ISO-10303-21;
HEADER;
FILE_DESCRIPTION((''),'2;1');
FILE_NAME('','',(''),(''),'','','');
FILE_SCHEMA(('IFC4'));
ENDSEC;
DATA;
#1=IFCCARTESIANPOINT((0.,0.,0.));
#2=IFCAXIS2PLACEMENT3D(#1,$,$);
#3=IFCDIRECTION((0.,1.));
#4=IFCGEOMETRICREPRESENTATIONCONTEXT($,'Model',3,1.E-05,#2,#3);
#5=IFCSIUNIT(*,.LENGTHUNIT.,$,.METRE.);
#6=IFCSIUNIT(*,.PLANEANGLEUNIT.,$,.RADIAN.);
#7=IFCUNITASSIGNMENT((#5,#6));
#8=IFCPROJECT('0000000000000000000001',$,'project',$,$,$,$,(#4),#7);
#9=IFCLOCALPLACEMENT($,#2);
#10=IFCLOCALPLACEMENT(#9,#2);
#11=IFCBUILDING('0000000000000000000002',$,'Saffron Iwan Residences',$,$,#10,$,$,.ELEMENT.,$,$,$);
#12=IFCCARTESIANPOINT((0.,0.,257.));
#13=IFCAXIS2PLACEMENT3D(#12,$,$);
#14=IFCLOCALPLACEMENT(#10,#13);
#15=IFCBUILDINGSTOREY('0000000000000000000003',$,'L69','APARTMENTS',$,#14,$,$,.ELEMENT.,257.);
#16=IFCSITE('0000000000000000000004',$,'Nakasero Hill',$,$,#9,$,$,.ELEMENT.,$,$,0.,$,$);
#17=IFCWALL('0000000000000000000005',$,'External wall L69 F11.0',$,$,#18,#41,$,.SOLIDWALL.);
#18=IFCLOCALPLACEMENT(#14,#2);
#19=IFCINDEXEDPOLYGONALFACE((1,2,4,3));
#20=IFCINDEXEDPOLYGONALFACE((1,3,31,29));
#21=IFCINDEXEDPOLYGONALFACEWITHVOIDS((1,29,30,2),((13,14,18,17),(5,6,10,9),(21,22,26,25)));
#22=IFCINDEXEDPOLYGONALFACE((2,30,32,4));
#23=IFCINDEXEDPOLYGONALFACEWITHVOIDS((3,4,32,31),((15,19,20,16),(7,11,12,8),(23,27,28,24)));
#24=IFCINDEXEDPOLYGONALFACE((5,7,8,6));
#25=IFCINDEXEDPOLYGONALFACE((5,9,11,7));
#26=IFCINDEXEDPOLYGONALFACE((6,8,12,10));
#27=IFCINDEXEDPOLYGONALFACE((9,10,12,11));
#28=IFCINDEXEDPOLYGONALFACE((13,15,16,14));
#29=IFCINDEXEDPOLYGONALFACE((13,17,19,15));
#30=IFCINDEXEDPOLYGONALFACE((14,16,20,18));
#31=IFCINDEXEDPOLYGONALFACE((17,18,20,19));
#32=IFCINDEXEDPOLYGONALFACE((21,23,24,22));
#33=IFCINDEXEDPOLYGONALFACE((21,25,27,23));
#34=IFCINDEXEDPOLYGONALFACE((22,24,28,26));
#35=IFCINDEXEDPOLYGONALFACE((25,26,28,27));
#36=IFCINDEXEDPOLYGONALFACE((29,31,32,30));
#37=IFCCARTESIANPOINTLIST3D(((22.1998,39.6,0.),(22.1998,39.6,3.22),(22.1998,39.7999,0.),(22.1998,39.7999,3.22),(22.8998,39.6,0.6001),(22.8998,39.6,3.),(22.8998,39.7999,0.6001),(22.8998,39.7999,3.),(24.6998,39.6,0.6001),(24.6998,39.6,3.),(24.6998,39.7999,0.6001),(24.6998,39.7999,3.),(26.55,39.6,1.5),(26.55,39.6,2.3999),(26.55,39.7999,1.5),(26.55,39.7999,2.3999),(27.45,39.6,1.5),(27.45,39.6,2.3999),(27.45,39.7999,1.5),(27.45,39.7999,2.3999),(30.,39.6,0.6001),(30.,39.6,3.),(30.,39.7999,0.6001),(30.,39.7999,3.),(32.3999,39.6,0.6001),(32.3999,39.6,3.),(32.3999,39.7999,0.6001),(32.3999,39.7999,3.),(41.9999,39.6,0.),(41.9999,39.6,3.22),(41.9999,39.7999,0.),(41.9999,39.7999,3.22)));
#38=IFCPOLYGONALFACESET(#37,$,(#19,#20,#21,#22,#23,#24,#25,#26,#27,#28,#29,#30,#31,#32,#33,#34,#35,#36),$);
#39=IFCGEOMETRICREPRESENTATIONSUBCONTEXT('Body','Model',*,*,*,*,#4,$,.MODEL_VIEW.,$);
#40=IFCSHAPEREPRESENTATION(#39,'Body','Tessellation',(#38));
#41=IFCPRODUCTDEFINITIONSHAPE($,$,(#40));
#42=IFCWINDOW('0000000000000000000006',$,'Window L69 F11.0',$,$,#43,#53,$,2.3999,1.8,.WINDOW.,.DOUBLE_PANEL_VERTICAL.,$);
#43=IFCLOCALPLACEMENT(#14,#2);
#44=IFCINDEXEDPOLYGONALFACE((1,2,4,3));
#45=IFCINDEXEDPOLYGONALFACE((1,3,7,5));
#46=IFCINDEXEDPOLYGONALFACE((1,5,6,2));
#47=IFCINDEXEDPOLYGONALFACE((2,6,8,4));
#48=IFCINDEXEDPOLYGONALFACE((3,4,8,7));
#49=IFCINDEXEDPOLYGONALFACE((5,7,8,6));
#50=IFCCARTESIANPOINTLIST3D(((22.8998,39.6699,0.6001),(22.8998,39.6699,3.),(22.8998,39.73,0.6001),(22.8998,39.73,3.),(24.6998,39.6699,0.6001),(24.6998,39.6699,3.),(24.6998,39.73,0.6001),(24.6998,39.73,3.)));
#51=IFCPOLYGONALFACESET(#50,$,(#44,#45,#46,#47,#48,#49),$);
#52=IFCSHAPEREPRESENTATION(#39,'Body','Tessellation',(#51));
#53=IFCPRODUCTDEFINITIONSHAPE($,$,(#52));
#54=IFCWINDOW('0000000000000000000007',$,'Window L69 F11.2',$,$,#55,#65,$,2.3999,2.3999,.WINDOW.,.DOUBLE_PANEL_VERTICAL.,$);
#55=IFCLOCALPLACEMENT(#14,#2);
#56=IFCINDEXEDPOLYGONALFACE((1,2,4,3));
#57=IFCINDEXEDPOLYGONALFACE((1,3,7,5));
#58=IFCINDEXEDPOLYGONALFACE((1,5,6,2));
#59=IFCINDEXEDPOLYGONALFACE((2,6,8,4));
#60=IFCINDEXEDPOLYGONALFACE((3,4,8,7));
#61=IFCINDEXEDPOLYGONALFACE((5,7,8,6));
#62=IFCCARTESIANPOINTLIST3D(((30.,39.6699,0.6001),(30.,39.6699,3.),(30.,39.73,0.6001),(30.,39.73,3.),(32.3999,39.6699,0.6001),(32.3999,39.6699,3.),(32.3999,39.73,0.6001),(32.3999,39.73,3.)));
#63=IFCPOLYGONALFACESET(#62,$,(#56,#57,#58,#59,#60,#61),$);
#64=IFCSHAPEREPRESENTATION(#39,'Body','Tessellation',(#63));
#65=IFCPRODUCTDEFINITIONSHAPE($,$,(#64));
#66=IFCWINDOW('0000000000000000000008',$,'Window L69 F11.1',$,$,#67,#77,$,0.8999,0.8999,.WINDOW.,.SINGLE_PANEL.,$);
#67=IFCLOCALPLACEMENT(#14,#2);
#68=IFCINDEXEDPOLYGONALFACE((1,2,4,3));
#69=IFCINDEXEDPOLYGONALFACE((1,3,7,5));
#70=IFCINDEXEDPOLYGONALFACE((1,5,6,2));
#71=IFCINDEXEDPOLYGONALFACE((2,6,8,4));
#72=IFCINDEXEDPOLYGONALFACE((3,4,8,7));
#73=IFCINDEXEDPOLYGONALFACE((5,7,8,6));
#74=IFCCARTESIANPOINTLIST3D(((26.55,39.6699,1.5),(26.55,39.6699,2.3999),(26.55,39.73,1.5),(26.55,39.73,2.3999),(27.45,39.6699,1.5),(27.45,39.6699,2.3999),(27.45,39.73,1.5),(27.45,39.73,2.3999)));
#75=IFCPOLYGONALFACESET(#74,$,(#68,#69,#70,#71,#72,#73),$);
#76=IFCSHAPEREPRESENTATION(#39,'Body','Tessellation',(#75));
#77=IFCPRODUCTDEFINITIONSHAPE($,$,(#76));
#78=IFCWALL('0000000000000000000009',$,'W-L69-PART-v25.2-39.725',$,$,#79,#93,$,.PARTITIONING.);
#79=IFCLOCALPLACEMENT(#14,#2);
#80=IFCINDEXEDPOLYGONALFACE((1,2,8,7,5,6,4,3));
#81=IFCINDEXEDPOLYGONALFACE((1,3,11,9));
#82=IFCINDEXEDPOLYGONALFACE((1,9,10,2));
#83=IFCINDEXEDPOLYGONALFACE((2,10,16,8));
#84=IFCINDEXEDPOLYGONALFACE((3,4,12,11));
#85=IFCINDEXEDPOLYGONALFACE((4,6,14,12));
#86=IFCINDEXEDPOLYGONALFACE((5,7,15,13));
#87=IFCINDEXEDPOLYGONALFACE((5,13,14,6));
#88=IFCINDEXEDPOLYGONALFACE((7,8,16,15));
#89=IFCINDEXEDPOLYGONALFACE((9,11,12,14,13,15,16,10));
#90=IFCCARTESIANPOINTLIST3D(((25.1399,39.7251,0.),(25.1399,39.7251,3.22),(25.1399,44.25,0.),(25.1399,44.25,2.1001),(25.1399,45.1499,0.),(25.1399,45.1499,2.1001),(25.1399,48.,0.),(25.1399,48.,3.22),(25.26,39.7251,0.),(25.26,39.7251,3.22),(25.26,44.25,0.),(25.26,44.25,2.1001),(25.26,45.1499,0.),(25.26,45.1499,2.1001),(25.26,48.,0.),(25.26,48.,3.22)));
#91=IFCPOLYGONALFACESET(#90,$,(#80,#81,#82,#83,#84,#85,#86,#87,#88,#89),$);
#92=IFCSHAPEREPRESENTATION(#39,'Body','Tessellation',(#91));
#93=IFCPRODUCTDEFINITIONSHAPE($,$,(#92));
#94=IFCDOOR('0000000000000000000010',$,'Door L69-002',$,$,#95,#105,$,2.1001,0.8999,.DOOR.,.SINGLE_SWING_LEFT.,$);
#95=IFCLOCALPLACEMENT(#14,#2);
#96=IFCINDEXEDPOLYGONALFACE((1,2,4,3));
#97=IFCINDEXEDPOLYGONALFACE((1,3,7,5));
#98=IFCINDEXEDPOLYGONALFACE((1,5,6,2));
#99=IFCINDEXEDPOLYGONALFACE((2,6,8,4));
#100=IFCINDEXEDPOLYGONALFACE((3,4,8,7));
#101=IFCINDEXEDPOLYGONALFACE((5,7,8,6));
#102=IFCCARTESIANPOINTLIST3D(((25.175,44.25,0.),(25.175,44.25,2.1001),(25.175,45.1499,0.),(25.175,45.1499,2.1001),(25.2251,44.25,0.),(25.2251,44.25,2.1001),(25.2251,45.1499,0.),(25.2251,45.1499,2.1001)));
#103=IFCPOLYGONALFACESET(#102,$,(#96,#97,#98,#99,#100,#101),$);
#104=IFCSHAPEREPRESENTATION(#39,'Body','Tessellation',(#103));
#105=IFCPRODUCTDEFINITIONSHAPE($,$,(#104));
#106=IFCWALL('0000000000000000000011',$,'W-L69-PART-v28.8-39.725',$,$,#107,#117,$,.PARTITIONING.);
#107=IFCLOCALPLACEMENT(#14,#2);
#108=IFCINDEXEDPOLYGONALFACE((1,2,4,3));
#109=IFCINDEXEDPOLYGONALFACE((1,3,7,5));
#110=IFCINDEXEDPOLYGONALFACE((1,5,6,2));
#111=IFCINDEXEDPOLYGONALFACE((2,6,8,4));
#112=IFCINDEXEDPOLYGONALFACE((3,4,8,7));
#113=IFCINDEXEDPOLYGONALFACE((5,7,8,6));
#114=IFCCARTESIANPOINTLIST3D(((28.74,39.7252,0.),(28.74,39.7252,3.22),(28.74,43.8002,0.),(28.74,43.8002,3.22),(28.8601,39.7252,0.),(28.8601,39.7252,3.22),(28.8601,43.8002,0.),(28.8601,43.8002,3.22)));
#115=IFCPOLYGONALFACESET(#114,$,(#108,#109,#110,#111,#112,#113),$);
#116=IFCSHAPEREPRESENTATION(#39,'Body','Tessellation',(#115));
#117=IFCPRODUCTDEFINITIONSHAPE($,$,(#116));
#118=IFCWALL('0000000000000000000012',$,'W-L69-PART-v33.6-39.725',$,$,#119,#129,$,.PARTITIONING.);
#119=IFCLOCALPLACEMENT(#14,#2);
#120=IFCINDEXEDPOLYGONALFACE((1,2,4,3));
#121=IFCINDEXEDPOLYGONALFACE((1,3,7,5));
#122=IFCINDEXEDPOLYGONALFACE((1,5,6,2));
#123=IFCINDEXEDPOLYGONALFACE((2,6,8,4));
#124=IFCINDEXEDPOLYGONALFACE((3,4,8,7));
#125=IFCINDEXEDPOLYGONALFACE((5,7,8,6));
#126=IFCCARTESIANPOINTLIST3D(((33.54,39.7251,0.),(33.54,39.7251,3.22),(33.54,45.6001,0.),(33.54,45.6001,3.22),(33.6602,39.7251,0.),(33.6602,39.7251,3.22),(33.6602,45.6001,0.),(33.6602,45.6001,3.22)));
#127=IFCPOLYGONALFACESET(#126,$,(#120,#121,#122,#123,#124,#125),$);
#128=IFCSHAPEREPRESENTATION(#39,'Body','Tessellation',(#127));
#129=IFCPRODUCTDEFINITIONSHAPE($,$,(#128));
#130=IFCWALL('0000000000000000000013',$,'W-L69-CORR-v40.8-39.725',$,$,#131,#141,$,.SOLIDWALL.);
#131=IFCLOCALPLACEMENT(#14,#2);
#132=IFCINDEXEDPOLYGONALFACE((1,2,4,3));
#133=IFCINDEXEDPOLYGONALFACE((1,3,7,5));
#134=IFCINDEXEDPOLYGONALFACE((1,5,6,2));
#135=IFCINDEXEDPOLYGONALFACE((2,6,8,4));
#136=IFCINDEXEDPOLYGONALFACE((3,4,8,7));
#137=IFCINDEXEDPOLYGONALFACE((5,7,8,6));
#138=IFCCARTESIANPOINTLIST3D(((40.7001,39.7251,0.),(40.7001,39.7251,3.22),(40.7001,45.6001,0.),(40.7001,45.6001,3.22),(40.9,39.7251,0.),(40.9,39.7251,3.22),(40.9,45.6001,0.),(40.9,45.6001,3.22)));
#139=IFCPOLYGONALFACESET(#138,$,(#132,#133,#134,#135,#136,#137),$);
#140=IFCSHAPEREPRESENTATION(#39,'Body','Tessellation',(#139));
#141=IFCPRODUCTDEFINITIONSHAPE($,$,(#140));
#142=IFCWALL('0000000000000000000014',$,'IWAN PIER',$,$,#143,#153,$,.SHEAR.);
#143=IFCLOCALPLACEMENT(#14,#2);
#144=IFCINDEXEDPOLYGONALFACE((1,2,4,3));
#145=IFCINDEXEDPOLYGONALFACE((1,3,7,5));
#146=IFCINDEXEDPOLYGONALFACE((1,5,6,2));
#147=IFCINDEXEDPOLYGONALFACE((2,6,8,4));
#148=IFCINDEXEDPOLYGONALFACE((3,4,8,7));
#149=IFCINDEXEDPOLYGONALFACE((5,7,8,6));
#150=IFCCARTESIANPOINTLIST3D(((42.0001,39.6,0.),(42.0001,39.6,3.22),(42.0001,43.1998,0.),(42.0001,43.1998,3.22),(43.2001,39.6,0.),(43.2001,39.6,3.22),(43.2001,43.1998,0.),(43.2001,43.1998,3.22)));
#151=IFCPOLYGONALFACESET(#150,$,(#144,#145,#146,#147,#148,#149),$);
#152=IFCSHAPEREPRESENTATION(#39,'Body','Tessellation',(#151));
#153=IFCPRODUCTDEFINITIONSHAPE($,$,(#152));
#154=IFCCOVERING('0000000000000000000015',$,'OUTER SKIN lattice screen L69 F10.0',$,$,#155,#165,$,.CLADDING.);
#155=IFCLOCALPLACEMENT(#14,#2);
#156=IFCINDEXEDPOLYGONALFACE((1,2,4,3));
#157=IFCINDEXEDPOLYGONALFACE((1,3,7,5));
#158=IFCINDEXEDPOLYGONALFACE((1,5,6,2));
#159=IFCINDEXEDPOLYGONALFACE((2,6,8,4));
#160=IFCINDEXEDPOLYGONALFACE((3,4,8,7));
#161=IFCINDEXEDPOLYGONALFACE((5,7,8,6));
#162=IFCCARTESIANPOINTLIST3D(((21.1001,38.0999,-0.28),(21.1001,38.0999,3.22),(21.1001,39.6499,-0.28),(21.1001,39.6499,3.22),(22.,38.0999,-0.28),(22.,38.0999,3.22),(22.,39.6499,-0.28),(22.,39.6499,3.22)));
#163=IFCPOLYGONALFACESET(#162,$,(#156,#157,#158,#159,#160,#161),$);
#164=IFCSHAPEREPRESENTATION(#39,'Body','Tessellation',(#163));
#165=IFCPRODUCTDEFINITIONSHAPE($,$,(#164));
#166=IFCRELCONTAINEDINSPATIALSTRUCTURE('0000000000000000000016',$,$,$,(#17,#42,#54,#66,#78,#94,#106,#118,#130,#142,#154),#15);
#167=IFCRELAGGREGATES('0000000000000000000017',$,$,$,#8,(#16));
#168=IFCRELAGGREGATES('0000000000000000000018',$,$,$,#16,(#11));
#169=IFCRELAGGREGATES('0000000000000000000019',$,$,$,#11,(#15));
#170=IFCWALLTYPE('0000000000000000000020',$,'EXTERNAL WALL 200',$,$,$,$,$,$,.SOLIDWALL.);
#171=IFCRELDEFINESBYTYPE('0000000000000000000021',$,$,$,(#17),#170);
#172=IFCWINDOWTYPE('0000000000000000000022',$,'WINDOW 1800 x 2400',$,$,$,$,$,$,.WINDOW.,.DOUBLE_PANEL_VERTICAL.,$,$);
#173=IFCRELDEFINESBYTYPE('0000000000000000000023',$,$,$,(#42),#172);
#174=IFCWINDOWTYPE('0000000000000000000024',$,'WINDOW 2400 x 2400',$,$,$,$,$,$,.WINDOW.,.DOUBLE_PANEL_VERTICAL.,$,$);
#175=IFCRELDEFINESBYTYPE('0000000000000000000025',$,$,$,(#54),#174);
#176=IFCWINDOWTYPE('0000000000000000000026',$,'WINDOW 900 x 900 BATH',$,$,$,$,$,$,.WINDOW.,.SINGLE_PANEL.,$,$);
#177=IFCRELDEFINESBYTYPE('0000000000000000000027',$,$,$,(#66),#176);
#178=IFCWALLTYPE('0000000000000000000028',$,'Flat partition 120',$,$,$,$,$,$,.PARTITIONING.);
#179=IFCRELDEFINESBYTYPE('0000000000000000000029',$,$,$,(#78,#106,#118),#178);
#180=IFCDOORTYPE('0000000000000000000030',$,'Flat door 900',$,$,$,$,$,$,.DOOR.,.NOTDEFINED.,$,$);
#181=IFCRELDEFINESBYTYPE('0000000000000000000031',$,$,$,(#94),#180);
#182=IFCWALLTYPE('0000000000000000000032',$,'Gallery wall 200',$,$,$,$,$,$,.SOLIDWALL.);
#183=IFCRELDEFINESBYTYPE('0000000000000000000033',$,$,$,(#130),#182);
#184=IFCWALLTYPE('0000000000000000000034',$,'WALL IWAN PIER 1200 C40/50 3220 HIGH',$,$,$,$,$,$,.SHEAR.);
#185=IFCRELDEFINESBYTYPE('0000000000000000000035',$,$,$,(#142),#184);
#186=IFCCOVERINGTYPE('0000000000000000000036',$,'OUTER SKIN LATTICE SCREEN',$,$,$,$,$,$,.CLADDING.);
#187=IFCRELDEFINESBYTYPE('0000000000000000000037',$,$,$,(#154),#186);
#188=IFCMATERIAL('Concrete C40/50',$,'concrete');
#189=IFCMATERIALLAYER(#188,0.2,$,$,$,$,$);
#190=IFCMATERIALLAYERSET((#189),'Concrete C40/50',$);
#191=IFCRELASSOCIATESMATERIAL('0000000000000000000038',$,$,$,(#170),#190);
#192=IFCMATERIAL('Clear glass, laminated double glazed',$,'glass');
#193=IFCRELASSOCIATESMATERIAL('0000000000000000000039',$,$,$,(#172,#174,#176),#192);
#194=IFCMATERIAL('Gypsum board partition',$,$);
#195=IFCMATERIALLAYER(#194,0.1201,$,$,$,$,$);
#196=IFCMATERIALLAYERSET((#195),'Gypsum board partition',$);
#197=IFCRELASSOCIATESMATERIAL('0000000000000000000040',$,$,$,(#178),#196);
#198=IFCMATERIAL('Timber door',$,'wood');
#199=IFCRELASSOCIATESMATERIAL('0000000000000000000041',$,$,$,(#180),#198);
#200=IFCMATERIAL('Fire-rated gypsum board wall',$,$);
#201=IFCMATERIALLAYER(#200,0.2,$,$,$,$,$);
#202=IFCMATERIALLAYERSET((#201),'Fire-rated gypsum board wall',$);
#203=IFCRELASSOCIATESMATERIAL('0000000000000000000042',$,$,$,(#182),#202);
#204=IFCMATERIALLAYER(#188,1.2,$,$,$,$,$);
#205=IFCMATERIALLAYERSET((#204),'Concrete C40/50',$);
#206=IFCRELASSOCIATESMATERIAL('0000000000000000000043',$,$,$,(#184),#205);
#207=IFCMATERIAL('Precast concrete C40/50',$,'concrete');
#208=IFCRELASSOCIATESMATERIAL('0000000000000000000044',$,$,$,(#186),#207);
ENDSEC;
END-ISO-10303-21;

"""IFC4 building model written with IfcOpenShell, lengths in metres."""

from ifc_helpers import new_model, si_unit, direction, frame, frame_2d, origin, place, context, subcontext, project, spatial, polyline, rectangle, outline, extrude, material, layer, layer_set, type_object, element, fill, save


model = new_model("IFC4")

# Units and contexts
model_context = context("Model", 3, precision=1e-05, world=origin(), true_north=direction((0.0, 1.0)))
body_context = subcontext(model_context, "Body", "Model", "MODEL_VIEW")
ifc_project = project(units=[si_unit("LENGTHUNIT", "METRE"), si_unit("PLANEANGLEUNIT", "RADIAN")], contexts=[model_context])

# Site, building, storey
site_placement = place(None, origin())
site = spatial("IfcSite", under=ifc_project, at=site_placement, Name="Nakasero Hill", CompositionType="ELEMENT", RefElevation=0.0)
building_placement = place(site_placement, origin())
building = spatial("IfcBuilding", under=site, at=building_placement, Name="Saffron Iwan Residences", CompositionType="ELEMENT")
storey_placement = place(building_placement, frame((0.0, 0.0, 257.0)))
storey = spatial("IfcBuildingStorey", under=building, at=storey_placement, Name="L69", Description="APARTMENTS", CompositionType="ELEMENT", Elevation=257.0)

# Shared definitions
ifc_material_1 = material(Name="Concrete C40/50", Category="concrete")

# Shared definitions
ifc_material_2 = material(Name="Clear glass, laminated double glazed", Category="glass")

# Wall, openings, windows
ifc_layer_1 = layer(ifc_material_1, 0.2)
ifc_layer_set_1 = layer_set([ifc_layer_1], Name="Concrete C40/50")
wall_type_1 = type_object("IfcWallType", Name="EXTERNAL WALL 200", PredefinedType="SOLIDWALL", material=ifc_layer_set_1)
wall_1_placement = place(storey_placement, frame((22.2, 39.7, 0.0), z_axis=(0.0, 0.0, 1.0), x_axis=(1.0, 0.0, 0.0)))
wall_1 = element("IfcWall", 1, at=wall_1_placement, inside=storey, type_object=wall_type_1, Name="External wall L69 F11.0", PredefinedType="SOLIDWALL", context=body_context, shape_type="SweptSolid", body=[
    extrude(rectangle(XDim=19.8, YDim=0.2, at=frame_2d((9.8999, 0.0))), origin(), (0.0, 0.0, 1.0), 3.22),
])
opening_1_placement = place(wall_1_placement, frame((0.7, 0.0, 0.6001)))
opening_1 = element("IfcOpeningElement", 2, at=opening_1_placement, cuts=wall_1, PredefinedType="OPENING", context=body_context, shape_type="SweptSolid", body=[
    extrude(rectangle(XDim=1.8, YDim=2.3999, at=frame_2d((0.8999, 1.2))), frame((0.0, 0.1099, 0.0), z_axis=(0.0, -1.0, 0.0), x_axis=(1.0, 0.0, 0.0)), (0.0, 0.0, 1.0), 0.22),
])
opening_2_placement = place(wall_1_placement, frame((4.3501, 0.0, 1.5)))
opening_2 = element("IfcOpeningElement", 3, at=opening_2_placement, cuts=wall_1, PredefinedType="OPENING", context=body_context, shape_type="SweptSolid", body=[
    extrude(rectangle(XDim=0.8999, YDim=0.8999, at=frame_2d((0.45, 0.45))), frame((0.0, 0.1099, 0.0), z_axis=(0.0, -1.0, 0.0), x_axis=(1.0, 0.0, 0.0)), (0.0, 0.0, 1.0), 0.22),
])
opening_3_placement = place(wall_1_placement, frame((7.8, 0.0, 0.6001)))
opening_3 = element("IfcOpeningElement", 4, at=opening_3_placement, cuts=wall_1, PredefinedType="OPENING", context=body_context, shape_type="SweptSolid", body=[
    extrude(rectangle(XDim=2.3999, YDim=2.3999, at=frame_2d((1.2, 1.2))), frame((0.0, 0.1099, 0.0), z_axis=(0.0, -1.0, 0.0), x_axis=(1.0, 0.0, 0.0)), (0.0, 0.0, 1.0), 0.22),
])
window_type_1 = type_object("IfcWindowType", Name="WINDOW 1800 x 2400", PartitioningType="DOUBLE_PANEL_VERTICAL", PredefinedType="WINDOW", material=ifc_material_2)
window_1_placement = place(opening_1_placement, origin())
window_1 = element("IfcWindow", 5, at=window_1_placement, inside=storey, type_object=window_type_1, Name="Window L69 F11.0", OverallHeight=2.3999, OverallWidth=1.8, PartitioningType="DOUBLE_PANEL_VERTICAL", PredefinedType="WINDOW", context=body_context, shape_type="SweptSolid", body=[
    extrude(rectangle(XDim=1.8, YDim=2.3999, at=frame_2d((0.8999, 1.2))), frame((0.0, 0.03, 0.0), z_axis=(0.0, -1.0, 0.0), x_axis=(1.0, 0.0, 0.0)), (0.0, 0.0, 1.0), 0.0601),
])
fill(opening_1, window_1)
window_type_2 = type_object("IfcWindowType", Name="WINDOW 2400 x 2400", PartitioningType="DOUBLE_PANEL_VERTICAL", PredefinedType="WINDOW", material=ifc_material_2)
window_2_placement = place(opening_3_placement, origin())
window_2 = element("IfcWindow", 6, at=window_2_placement, inside=storey, type_object=window_type_2, Name="Window L69 F11.2", OverallHeight=2.3999, OverallWidth=2.3999, PartitioningType="DOUBLE_PANEL_VERTICAL", PredefinedType="WINDOW", context=body_context, shape_type="SweptSolid", body=[
    extrude(rectangle(XDim=2.3999, YDim=2.3999, at=frame_2d((1.2, 1.2))), frame((0.0, 0.03, 0.0), z_axis=(0.0, -1.0, 0.0), x_axis=(1.0, 0.0, 0.0)), (0.0, 0.0, 1.0), 0.0601),
])
fill(opening_3, window_2)
window_type_3 = type_object("IfcWindowType", Name="WINDOW 900 x 900 BATH", PartitioningType="SINGLE_PANEL", PredefinedType="WINDOW", material=ifc_material_2)
window_3_placement = place(opening_2_placement, origin())
window_3 = element("IfcWindow", 7, at=window_3_placement, inside=storey, type_object=window_type_3, Name="Window L69 F11.1", OverallHeight=0.8999, OverallWidth=0.8999, PartitioningType="SINGLE_PANEL", PredefinedType="WINDOW", context=body_context, shape_type="SweptSolid", body=[
    extrude(rectangle(XDim=0.8999, YDim=0.8999, at=frame_2d((0.45, 0.45))), frame((0.0, 0.03, 0.0), z_axis=(0.0, -1.0, 0.0), x_axis=(1.0, 0.0, 0.0)), (0.0, 0.0, 1.0), 0.0601),
])
fill(opening_2, window_3)

# Wall, opening, door
ifc_material_3 = material(Name="Gypsum board partition")
ifc_layer_2 = layer(ifc_material_3, 0.1201)
ifc_layer_set_2 = layer_set([ifc_layer_2], Name="Gypsum board partition")
wall_type_2 = type_object("IfcWallType", Name="Flat partition 120", PredefinedType="PARTITIONING", material=ifc_layer_set_2)
wall_2_placement = place(storey_placement, frame((25.2, 39.7251, 0.0), z_axis=(0.0, 0.0, 1.0), x_axis=(0.0, 1.0, 0.0)))
wall_2 = element("IfcWall", 8, at=wall_2_placement, inside=storey, type_object=wall_type_2, Name="W-L69-PART-v25.2-39.725", PredefinedType="PARTITIONING", context=body_context, shape_type="SweptSolid", body=[
    extrude(rectangle(XDim=8.2749, YDim=0.1201, at=frame_2d((4.1375, 0.0))), origin(), (0.0, 0.0, 1.0), 3.22),
])
opening_4_placement = place(wall_2_placement, frame((4.5249, 0.0, 0.0)))
opening_4 = element("IfcOpeningElement", 9, at=opening_4_placement, cuts=wall_2, PredefinedType="OPENING", context=body_context, shape_type="SweptSolid", body=[
    extrude(rectangle(XDim=0.8999, YDim=2.1001, at=frame_2d((0.45, 1.05))), frame((0.0, 0.0701, 0.0), z_axis=(0.0, -1.0, 0.0), x_axis=(1.0, 0.0, 0.0)), (0.0, 0.0, 1.0), 0.1401),
])
ifc_material_4 = material(Name="Timber door", Category="wood")
door_type = type_object("IfcDoorType", Name="Flat door 900", OperationType="NOTDEFINED", PredefinedType="DOOR", material=ifc_material_4)
door_placement = place(opening_4_placement, origin())
door = element("IfcDoor", 10, at=door_placement, inside=storey, type_object=door_type, Name="Door L69-002", OperationType="SINGLE_SWING_LEFT", OverallHeight=2.1001, OverallWidth=0.8999, PredefinedType="DOOR", context=body_context, shape_type="SweptSolid", body=[
    extrude(rectangle(XDim=0.8999, YDim=2.1001, at=frame_2d((0.45, 1.05))), frame((0.0, 0.0249, 0.0), z_axis=(0.0, -1.0, 0.0), x_axis=(1.0, 0.0, 0.0)), (0.0, 0.0, 1.0), 0.05),
])
fill(opening_4, door)

# Walls
wall_3_placement = place(storey_placement, frame((28.8, 39.7251, 0.0), z_axis=(0.0, 0.0, 1.0), x_axis=(0.0, 1.0, 0.0)))
element("IfcWall", 11, at=wall_3_placement, inside=storey, type_object=wall_type_2, Name="W-L69-PART-v28.8-39.725", PredefinedType="PARTITIONING", context=body_context, shape_type="SweptSolid", body=[
    extrude(rectangle(XDim=4.075, YDim=0.1201, at=frame_2d((2.0376, 0.0))), origin(), (0.0, 0.0, 1.0), 3.22),
])
wall_4_placement = place(storey_placement, frame((33.6001, 39.7251, 0.0), z_axis=(0.0, 0.0, 1.0), x_axis=(0.0, 1.0, 0.0)))
element("IfcWall", 12, at=wall_4_placement, inside=storey, type_object=wall_type_2, Name="W-L69-PART-v33.6-39.725", PredefinedType="PARTITIONING", context=body_context, shape_type="SweptSolid", body=[
    extrude(rectangle(XDim=5.875, YDim=0.1201, at=frame_2d((2.9375, 0.0))), origin(), (0.0, 0.0, 1.0), 3.22),
])
ifc_material_5 = material(Name="Fire-rated gypsum board wall")
ifc_layer_3 = layer(ifc_material_5, 0.2)
ifc_layer_set_3 = layer_set([ifc_layer_3], Name="Fire-rated gypsum board wall")
wall_type_3 = type_object("IfcWallType", Name="Gallery wall 200", PredefinedType="SOLIDWALL", material=ifc_layer_set_3)
wall_5_placement = place(storey_placement, frame((40.8, 39.7251, 0.0), z_axis=(0.0, 0.0, 1.0), x_axis=(0.0, 1.0, 0.0)))
element("IfcWall", 13, at=wall_5_placement, inside=storey, type_object=wall_type_3, Name="W-L69-CORR-v40.8-39.725", PredefinedType="SOLIDWALL", context=body_context, shape_type="SweptSolid", body=[
    extrude(rectangle(XDim=5.875, YDim=0.2, at=frame_2d((2.9375, 0.0))), origin(), (0.0, 0.0, 1.0), 3.22),
])
ifc_layer_4 = layer(ifc_material_1, 1.2)
ifc_layer_set_4 = layer_set([ifc_layer_4], Name="Concrete C40/50")
wall_type_4 = type_object("IfcWallType", Name="WALL IWAN PIER 1200 C40/50 3220 HIGH", PredefinedType="SHEAR", material=ifc_layer_set_4)
wall_6_placement = place(storey_placement, frame((42.6001, 39.6001, 0.0), z_axis=(0.0, 0.0, 1.0), x_axis=(0.0, 1.0, 0.0)))
element("IfcWall", 14, at=wall_6_placement, inside=storey, type_object=wall_type_4, Name="IWAN PIER", PredefinedType="SHEAR", context=body_context, shape_type="SweptSolid", body=[
    extrude(rectangle(XDim=3.5999, YDim=1.2, at=frame_2d((1.7998, 0.0))), origin(), (0.0, 0.0, 1.0), 3.22),
])

# Covering
ifc_material_6 = material(Name="Precast concrete C40/50", Category="concrete")
covering_type_1 = type_object("IfcCoveringType", Name="OUTER SKIN LATTICE SCREEN", PredefinedType="CLADDING", material=ifc_material_6)
covering_1_placement = place(storey_placement, frame((22.0, 39.6499, -0.28), z_axis=(-1.0, 0.0, 0.0), x_axis=(0.0, -1.0, 0.0)))
element("IfcCovering", 15, at=covering_1_placement, inside=storey, type_object=covering_type_1, Name="OUTER SKIN lattice screen L69 F10.0", PredefinedType="CLADDING", context=body_context, shape_type="SweptSolid", body=[
    extrude(outline(polyline([(0.0, 0.0), (1.55, 0.0), (1.55, 3.5), (0.0, 3.5), (0.0, 0.0)])), origin(), (0.0, 0.0, 1.0), 0.8999),
])

save(model, "model.ifc")
